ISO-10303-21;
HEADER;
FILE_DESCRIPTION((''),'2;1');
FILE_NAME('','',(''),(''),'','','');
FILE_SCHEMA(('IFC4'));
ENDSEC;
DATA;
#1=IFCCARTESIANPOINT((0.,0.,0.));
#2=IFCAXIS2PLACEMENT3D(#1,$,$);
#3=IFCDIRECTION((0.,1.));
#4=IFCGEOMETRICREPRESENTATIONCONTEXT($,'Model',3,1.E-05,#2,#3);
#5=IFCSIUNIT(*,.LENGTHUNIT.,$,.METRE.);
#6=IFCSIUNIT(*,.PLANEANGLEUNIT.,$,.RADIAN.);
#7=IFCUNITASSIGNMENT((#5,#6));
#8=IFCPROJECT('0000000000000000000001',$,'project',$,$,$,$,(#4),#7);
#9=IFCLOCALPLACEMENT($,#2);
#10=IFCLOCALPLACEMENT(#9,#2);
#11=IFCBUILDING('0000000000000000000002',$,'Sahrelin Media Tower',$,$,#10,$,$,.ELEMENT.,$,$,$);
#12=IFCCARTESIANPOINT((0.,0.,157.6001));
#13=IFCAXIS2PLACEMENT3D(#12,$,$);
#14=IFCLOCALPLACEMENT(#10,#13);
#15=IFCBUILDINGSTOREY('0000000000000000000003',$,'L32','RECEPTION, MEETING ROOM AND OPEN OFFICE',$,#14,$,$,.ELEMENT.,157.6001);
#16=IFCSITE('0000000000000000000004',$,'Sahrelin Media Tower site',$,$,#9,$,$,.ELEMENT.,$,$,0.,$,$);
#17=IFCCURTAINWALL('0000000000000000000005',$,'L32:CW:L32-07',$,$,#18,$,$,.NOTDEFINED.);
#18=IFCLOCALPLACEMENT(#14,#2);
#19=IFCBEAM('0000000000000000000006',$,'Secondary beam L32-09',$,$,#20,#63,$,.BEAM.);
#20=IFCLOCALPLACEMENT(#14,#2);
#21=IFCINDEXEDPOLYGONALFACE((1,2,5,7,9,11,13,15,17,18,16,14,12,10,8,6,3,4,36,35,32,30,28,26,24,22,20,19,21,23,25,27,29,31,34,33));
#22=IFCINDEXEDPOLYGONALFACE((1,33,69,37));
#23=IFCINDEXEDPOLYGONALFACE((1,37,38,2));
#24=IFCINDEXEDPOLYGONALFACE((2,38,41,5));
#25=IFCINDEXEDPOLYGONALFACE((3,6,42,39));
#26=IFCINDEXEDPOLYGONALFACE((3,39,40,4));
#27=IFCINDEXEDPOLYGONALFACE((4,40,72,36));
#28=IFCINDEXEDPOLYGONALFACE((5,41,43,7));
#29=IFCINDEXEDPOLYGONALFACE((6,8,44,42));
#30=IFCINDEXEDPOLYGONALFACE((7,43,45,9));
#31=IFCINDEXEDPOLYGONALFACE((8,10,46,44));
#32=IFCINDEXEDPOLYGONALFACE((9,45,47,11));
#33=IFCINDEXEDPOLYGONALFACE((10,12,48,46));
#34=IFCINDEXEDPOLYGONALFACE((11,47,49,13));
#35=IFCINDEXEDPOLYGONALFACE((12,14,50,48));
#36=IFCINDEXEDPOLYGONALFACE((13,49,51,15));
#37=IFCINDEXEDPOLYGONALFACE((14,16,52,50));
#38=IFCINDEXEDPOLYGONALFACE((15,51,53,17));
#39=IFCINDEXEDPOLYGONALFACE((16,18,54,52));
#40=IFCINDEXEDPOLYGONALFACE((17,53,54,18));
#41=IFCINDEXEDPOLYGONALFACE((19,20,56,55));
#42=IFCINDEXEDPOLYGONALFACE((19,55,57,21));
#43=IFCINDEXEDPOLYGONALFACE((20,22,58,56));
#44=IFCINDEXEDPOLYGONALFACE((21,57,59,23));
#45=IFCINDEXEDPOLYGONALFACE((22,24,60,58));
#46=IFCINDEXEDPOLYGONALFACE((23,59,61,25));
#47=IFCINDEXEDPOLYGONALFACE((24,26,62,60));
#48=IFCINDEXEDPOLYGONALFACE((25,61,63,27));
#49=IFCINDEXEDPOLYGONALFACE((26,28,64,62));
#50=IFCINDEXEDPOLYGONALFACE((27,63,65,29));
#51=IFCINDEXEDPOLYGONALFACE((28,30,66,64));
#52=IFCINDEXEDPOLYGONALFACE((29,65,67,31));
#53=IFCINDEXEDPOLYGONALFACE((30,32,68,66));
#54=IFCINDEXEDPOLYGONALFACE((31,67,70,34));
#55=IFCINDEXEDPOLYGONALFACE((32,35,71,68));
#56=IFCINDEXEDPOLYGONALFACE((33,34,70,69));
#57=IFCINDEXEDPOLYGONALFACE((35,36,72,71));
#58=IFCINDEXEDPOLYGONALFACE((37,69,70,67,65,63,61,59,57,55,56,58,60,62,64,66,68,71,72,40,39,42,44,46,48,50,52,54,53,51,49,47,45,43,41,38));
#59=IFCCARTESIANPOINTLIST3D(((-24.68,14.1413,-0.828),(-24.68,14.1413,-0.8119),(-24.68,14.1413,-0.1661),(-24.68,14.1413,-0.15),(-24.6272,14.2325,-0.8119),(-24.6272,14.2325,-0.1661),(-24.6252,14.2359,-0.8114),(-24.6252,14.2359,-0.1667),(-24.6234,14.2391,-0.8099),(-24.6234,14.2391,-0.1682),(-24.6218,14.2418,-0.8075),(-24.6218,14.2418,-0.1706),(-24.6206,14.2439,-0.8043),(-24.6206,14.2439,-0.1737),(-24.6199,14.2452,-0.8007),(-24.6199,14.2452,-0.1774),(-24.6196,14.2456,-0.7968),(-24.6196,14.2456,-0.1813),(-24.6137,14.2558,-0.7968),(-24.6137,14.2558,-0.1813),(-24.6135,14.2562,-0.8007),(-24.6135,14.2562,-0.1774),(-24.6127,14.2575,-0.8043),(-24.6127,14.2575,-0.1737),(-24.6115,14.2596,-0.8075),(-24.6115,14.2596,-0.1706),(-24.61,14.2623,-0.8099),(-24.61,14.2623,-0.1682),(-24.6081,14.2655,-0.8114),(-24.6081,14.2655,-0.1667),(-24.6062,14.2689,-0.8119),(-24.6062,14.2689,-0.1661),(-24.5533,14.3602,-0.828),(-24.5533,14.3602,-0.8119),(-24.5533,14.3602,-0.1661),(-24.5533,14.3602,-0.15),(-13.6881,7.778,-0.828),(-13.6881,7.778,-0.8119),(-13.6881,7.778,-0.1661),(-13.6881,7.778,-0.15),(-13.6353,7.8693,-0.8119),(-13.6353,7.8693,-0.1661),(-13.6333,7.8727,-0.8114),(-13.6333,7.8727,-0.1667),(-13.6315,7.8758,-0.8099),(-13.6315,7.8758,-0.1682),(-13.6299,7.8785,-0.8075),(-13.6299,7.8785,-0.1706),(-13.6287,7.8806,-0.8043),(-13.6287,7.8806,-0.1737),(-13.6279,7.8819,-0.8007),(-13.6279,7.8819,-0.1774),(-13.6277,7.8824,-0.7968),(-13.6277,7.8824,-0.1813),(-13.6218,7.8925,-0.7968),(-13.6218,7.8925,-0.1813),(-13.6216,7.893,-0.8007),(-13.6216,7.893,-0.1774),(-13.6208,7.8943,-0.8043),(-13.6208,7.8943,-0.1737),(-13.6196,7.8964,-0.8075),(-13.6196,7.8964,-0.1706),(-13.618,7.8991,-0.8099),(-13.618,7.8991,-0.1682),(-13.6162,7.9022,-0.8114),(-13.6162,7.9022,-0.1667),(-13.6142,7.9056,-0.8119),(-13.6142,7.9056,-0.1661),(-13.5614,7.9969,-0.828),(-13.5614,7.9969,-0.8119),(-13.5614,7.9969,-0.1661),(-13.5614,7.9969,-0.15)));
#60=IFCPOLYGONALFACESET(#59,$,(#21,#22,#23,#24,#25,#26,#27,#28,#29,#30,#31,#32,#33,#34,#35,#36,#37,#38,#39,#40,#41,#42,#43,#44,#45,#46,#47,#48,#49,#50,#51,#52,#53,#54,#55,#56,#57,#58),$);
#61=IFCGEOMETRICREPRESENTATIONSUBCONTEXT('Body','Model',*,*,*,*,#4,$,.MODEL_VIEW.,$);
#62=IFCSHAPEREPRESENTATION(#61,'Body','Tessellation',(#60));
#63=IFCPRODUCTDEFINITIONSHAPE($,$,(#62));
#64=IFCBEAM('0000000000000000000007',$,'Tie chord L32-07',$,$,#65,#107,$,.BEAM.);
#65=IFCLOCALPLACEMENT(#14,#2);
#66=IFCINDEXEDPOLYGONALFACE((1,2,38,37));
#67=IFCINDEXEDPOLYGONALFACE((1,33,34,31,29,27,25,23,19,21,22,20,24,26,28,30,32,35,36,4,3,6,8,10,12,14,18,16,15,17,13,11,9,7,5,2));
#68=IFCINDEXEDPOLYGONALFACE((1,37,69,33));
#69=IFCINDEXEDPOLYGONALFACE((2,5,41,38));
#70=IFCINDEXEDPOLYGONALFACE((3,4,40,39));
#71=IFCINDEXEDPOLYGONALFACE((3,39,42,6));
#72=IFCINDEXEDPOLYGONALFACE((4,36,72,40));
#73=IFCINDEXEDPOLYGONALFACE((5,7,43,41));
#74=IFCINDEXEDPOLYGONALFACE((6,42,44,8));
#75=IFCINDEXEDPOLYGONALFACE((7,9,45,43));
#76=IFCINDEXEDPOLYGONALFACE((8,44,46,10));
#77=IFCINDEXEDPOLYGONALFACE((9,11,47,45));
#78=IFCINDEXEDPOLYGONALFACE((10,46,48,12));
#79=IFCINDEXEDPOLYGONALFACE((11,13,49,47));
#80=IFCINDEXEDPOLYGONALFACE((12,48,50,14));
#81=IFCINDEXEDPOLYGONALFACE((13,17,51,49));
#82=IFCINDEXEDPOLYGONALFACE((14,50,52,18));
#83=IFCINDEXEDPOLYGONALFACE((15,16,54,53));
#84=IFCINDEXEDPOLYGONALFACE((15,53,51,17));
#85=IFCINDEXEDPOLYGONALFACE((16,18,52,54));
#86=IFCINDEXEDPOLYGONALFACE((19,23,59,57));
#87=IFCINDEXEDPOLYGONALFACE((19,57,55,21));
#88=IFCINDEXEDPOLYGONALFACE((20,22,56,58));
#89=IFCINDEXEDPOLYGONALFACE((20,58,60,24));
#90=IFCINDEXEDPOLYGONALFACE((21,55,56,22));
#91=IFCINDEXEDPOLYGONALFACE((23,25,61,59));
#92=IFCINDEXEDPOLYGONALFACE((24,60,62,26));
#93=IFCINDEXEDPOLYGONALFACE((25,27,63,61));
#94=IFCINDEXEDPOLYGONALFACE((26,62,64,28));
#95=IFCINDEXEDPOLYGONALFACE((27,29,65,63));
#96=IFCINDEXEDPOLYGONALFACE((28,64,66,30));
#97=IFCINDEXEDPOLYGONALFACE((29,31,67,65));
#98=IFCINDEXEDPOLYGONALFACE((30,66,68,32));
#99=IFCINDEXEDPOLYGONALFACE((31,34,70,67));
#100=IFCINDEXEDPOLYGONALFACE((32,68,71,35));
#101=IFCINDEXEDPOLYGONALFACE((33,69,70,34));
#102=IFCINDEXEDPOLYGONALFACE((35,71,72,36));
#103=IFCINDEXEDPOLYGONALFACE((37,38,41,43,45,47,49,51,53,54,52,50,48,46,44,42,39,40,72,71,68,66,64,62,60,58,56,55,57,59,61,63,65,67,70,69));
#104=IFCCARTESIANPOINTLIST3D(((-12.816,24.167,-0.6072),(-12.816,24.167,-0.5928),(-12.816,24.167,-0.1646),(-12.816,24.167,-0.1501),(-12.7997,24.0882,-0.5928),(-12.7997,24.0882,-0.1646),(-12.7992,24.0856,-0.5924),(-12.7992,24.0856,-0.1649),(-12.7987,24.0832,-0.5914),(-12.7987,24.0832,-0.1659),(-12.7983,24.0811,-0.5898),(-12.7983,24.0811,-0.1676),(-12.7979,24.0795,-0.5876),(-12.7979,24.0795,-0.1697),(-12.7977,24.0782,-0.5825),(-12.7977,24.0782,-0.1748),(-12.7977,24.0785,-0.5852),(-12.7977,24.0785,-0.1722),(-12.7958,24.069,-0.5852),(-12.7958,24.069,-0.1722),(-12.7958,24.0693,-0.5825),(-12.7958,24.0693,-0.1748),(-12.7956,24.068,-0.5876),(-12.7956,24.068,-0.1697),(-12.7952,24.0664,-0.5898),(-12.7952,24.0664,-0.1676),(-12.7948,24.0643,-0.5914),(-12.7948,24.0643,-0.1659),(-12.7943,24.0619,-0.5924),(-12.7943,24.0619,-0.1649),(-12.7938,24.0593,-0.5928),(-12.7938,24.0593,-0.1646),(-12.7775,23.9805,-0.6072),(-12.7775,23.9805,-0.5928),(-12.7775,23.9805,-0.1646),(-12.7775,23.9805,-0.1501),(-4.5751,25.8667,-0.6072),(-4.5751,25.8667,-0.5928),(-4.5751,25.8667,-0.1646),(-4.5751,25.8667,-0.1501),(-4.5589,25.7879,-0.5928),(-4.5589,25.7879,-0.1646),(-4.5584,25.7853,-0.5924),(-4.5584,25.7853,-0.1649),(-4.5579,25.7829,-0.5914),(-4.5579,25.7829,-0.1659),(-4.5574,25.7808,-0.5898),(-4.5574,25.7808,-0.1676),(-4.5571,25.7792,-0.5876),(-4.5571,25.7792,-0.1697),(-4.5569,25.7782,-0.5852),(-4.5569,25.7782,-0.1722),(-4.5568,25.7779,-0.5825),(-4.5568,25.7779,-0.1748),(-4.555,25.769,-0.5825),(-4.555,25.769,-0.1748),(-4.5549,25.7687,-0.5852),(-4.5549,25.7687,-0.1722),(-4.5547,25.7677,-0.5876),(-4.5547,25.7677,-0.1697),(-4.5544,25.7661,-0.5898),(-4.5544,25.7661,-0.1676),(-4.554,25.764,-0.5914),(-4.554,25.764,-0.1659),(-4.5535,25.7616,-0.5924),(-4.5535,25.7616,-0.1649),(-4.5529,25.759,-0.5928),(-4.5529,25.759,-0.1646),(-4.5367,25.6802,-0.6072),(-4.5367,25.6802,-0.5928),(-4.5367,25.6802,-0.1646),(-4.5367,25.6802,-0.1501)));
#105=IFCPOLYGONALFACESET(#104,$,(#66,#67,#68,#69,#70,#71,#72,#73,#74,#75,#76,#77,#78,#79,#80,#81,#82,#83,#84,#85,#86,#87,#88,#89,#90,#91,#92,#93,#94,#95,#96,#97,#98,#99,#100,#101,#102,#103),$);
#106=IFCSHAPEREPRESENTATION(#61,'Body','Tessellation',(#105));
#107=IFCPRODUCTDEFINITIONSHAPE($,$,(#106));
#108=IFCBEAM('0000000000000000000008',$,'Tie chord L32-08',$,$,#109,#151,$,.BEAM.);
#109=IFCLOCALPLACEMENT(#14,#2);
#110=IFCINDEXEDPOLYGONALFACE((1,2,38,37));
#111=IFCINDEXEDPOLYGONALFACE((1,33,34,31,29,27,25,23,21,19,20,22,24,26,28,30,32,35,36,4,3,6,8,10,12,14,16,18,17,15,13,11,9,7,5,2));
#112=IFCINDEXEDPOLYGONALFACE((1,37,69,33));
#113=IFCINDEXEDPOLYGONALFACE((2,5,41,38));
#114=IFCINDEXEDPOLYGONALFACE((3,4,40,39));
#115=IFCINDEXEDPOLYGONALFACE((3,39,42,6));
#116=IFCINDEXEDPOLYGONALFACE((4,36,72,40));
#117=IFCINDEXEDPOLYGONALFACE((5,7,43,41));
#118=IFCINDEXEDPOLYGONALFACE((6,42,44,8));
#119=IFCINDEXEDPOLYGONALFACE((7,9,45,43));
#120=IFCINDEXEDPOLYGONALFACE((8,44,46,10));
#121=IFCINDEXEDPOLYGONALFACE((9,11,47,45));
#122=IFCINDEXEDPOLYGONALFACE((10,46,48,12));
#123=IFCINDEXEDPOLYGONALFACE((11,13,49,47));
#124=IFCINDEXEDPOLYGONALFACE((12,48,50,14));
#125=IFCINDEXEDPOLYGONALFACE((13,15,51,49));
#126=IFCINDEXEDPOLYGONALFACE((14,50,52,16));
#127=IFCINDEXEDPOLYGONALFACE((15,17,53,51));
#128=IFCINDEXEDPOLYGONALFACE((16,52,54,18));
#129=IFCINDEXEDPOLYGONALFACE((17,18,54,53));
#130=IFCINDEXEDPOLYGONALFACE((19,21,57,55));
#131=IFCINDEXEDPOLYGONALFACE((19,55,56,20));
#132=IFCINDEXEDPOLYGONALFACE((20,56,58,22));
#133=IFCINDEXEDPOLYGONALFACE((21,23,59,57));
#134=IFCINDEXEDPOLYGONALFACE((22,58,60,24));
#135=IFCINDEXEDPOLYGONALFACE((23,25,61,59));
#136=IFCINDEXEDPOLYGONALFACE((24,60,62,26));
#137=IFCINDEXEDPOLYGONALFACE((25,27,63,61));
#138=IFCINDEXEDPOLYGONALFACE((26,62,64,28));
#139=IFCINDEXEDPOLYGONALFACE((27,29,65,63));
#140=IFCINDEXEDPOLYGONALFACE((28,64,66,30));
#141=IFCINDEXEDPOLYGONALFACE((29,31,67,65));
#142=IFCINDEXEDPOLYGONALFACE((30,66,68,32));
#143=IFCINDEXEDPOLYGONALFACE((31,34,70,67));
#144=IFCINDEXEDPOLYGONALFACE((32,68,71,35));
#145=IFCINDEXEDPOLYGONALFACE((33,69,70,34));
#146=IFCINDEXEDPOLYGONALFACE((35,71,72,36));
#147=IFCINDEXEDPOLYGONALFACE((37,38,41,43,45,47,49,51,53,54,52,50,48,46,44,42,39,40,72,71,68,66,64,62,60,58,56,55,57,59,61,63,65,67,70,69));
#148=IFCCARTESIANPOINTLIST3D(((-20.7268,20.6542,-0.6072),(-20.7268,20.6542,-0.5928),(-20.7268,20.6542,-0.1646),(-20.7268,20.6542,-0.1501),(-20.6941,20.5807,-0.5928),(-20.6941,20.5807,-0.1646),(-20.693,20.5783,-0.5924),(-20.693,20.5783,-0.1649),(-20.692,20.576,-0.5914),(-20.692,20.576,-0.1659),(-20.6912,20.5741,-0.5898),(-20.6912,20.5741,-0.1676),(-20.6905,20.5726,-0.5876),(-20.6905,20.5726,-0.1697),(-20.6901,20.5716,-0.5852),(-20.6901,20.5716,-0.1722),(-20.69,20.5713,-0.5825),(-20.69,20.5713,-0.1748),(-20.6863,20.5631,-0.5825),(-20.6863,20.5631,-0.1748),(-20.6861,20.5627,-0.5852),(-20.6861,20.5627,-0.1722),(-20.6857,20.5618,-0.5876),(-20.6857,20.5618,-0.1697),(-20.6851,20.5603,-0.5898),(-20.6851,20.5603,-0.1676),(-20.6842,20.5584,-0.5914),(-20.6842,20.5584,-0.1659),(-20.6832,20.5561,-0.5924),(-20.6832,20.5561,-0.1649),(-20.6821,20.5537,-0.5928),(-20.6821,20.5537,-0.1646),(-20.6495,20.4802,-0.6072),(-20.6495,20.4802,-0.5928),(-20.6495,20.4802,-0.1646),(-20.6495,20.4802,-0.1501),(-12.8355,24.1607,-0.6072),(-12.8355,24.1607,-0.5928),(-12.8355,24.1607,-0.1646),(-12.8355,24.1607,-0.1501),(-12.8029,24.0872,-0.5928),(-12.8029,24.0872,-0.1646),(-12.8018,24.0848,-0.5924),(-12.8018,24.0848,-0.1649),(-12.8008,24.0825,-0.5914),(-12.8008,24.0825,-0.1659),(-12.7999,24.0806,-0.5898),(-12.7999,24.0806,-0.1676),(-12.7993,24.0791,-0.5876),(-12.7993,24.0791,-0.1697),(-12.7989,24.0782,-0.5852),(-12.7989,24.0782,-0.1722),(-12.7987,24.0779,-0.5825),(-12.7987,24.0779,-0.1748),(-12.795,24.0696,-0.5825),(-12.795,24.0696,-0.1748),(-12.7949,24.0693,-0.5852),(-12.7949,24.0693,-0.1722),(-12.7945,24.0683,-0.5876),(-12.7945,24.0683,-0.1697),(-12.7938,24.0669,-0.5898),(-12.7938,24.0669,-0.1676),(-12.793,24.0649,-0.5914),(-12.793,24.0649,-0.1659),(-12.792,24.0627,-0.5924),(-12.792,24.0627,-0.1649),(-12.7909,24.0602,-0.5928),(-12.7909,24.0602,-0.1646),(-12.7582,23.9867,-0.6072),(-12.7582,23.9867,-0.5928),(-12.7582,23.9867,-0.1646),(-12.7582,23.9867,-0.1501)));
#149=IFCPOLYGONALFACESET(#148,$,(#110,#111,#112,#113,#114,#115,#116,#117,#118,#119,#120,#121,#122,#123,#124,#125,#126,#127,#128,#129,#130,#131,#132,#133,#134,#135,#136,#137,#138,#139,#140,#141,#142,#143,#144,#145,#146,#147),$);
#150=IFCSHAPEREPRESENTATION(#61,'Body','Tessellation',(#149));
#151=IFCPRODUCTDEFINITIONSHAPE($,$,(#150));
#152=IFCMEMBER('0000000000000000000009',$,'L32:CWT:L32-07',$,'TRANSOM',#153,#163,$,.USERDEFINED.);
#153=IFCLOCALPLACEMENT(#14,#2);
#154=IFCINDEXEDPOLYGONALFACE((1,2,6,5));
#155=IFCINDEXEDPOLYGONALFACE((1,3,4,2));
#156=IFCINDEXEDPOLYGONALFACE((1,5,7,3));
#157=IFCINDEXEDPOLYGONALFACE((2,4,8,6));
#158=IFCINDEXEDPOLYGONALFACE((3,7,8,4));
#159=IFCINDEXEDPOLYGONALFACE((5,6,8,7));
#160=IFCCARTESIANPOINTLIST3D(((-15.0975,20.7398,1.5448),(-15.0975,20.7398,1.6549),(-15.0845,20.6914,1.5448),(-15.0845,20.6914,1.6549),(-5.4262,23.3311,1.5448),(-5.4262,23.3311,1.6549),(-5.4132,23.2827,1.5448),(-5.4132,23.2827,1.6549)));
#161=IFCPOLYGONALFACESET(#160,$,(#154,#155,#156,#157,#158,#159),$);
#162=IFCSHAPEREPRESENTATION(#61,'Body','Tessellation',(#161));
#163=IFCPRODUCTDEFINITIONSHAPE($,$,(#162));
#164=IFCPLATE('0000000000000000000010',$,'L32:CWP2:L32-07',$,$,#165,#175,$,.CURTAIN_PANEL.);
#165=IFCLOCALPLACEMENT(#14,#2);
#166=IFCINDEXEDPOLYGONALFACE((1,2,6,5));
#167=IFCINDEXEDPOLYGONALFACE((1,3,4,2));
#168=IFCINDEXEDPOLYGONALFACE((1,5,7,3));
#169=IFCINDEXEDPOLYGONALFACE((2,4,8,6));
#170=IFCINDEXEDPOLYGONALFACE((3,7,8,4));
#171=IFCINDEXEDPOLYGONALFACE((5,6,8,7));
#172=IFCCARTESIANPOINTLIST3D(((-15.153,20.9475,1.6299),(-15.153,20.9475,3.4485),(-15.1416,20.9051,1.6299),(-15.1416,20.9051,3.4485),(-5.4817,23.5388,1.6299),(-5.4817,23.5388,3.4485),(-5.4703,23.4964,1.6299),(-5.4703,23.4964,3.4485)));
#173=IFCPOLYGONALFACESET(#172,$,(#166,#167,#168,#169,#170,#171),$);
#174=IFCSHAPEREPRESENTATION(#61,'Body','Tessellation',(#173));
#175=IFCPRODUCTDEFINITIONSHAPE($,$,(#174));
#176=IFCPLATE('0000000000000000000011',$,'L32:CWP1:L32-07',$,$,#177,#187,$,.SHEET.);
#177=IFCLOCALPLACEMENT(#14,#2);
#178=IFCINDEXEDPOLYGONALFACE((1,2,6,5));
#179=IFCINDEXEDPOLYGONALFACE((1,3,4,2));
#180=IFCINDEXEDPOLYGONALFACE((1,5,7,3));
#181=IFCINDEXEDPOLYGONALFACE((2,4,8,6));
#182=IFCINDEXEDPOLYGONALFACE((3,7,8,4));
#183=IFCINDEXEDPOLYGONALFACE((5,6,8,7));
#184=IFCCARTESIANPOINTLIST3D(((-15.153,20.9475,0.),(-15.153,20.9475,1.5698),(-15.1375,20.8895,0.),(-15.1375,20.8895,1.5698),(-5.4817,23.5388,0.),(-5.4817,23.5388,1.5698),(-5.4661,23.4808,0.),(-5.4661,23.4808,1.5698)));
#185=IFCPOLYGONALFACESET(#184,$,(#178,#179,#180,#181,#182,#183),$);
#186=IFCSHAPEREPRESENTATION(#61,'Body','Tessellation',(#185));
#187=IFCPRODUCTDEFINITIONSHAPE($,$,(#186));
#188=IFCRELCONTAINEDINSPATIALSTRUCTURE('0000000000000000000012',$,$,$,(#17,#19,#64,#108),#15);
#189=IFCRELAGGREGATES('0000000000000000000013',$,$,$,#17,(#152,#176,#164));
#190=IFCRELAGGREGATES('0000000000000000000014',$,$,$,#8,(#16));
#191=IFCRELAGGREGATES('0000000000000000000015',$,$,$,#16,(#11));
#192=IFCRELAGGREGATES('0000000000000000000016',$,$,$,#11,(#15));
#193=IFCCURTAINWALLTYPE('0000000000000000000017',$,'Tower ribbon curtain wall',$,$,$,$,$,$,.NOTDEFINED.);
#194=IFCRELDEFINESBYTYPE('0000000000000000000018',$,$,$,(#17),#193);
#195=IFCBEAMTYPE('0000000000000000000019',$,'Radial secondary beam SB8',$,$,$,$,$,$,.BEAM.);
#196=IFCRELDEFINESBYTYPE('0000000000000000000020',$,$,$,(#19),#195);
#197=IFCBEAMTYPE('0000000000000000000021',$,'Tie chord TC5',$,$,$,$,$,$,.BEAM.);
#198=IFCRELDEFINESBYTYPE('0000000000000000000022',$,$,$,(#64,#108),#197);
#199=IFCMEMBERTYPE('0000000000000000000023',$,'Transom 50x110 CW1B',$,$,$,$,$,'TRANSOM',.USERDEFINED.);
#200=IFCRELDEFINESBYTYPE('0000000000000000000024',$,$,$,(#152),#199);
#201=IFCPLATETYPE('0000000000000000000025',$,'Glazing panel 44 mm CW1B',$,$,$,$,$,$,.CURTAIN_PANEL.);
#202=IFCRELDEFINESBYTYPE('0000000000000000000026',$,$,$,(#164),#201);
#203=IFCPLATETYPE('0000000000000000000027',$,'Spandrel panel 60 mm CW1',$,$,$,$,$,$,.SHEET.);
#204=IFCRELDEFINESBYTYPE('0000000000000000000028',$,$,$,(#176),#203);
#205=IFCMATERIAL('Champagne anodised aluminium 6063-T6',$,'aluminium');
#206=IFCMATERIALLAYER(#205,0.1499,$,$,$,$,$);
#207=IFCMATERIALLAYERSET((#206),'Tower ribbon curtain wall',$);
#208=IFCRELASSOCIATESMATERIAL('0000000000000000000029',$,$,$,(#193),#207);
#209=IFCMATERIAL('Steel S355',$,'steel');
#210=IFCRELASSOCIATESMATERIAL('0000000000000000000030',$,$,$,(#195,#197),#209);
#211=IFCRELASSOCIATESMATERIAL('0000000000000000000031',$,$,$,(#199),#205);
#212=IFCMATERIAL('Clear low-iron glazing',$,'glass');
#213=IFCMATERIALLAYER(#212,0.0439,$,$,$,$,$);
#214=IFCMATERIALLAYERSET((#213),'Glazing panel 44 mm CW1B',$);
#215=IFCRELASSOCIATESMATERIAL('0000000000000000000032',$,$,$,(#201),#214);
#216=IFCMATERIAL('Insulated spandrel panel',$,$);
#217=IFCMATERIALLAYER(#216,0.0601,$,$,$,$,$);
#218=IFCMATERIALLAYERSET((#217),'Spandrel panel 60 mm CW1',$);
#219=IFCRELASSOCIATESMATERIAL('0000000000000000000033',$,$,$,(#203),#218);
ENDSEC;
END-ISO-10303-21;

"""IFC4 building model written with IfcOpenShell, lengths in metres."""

from ifc_helpers import new_model, si_unit, direction, frame, origin, origin_2d, place, context, subcontext, project, spatial, polyline, rectangle, i_section, outline, extrude, material, layer, layer_set, material_profile, profile_set, type_object, element, aggregate, save


model = new_model("IFC4")

# Units and contexts
model_context = context("Model", 3, precision=1e-05, world=origin(), true_north=direction((0.0, 1.0)))
body_context = subcontext(model_context, "Body", "Model", "MODEL_VIEW")
ifc_project = project(units=[si_unit("LENGTHUNIT", "METRE"), si_unit("PLANEANGLEUNIT", "RADIAN")], contexts=[model_context])

# Site, building, storey
site_placement = place(None, origin())
site = spatial("IfcSite", under=ifc_project, at=site_placement, Name="Sahrelin Media Tower site", CompositionType="ELEMENT", RefElevation=0.0)
building_placement = place(site_placement, origin())
building = spatial("IfcBuilding", under=site, at=building_placement, Name="Sahrelin Media Tower", CompositionType="ELEMENT")
storey_placement = place(building_placement, frame((0.0, 0.0, 157.6001)))
storey = spatial("IfcBuildingStorey", under=building, at=storey_placement, Name="L32", Description="RECEPTION, MEETING ROOM AND OPEN OFFICE", CompositionType="ELEMENT", Elevation=157.6001)

# Shared definitions
ifc_material_1 = material(Name="Steel S355", Category="steel")

# Curtain wall
ifc_material_2 = material(Name="Champagne anodised aluminium 6063-T6", Category="aluminium")
ifc_layer_1 = layer(ifc_material_2, 0.1499)
ifc_layer_set_1 = layer_set([ifc_layer_1], Name="Tower ribbon curtain wall")
curtain_wall_type = type_object("IfcCurtainWallType", Name="Tower ribbon curtain wall", PredefinedType="NOTDEFINED", material=ifc_layer_set_1)
curtain_wall_placement = place(storey_placement, frame((-10.3123, 22.2236, 0.0), z_axis=(0.0, 0.0, 1.0), x_axis=(1.0, 0.0, 0.0)))
curtain_wall = element("IfcCurtainWall", 1, at=curtain_wall_placement, inside=storey, type_object=curtain_wall_type, Name="L32:CW:L32-07", PredefinedType="NOTDEFINED")

# Beams
ifc_material_profile_1 = material_profile(ifc_material_1, i_section(OverallWidth=0.2529, OverallDepth=0.678, WebThickness=0.0117, FlangeThickness=0.0161, FilletRadius=0.0151, at=origin_2d()), Name="UB 686x254x125")
ifc_profile_set_1 = profile_set([ifc_material_profile_1], Name="Steel S355")
beam_type_1 = type_object("IfcBeamType", Name="Radial secondary beam SB8", PredefinedType="BEAM", material=ifc_profile_set_1)
beam_1_placement = place(storey_placement, frame((-13.6248, 7.8875, -0.489), z_axis=(-0.865443, 0.501008, 0.0), x_axis=(-0.501008, -0.865443, 0.0)))
element("IfcBeam", 2, at=beam_1_placement, inside=storey, type_object=beam_type_1, Name="Secondary beam L32-09", PredefinedType="BEAM", context=body_context, shape_type="SweptSolid", body=[
    extrude(i_section(OverallWidth=0.2529, OverallDepth=0.678, WebThickness=0.0117, FlangeThickness=0.0161, FilletRadius=0.0151, at=origin_2d()), origin(), (0.0, 0.0, 1.0), 12.7009),
])
ifc_material_profile_2 = material_profile(ifc_material_1, i_section(OverallWidth=0.1904, OverallDepth=0.457, WebThickness=0.009, FlangeThickness=0.0144, FilletRadius=0.0103, at=origin_2d()), Name="UB 457x191x74")
ifc_profile_set_2 = profile_set([ifc_material_profile_2], Name="Steel S355")
beam_type_2 = type_object("IfcBeamType", Name="Tie chord TC5", PredefinedType="BEAM", material=ifc_profile_set_2)
beam_2_placement = place(storey_placement, frame((-4.5559, 25.7734, -0.3787), z_axis=(-0.979386, -0.201999, 0.0), x_axis=(0.201999, -0.979386, 0.0)))
element("IfcBeam", 3, at=beam_2_placement, inside=storey, type_object=beam_type_2, Name="Tie chord L32-07", PredefinedType="BEAM", context=body_context, shape_type="SweptSolid", body=[
    extrude(i_section(OverallWidth=0.1904, OverallDepth=0.457, WebThickness=0.009, FlangeThickness=0.0144, FilletRadius=0.0103, at=origin_2d()), origin(), (0.0, 0.0, 1.0), 8.4143),
])
beam_3_placement = place(storey_placement, frame((-12.7969, 24.0737, -0.3787), z_axis=(-0.913841, -0.406073, 0.0), x_axis=(0.406073, -0.913841, 0.0)))
element("IfcBeam", 4, at=beam_3_placement, inside=storey, type_object=beam_type_2, Name="Tie chord L32-08", PredefinedType="BEAM", context=body_context, shape_type="SweptSolid", body=[
    extrude(i_section(OverallWidth=0.1904, OverallDepth=0.457, WebThickness=0.009, FlangeThickness=0.0144, FilletRadius=0.0103, at=origin_2d()), origin(), (0.0, 0.0, 1.0), 8.6353),
])

# Member
ifc_material_profile_3 = material_profile(ifc_material_2, rectangle(XDim=0.05, YDim=0.1101, at=origin_2d()), Name="Transom 50x110")
ifc_profile_set_3 = profile_set([ifc_material_profile_3], Name="Champagne anodised aluminium 6063-T6")
member_type_1 = type_object("IfcMemberType", Name="Transom 50x110 CW1B", ElementType="TRANSOM", PredefinedType="USERDEFINED", material=ifc_profile_set_3)
member_1_placement = place(storey_placement, frame((-5.4197, 23.3069, 1.5999), z_axis=(-0.965929, -0.258807, 0.0), x_axis=(0.258807, -0.965929, 0.0)))
member_1 = element("IfcMember", 5, at=member_1_placement, type_object=member_type_1, Name="L32:CWT:L32-07", ObjectType="TRANSOM", PredefinedType="USERDEFINED", context=body_context, shape_type="SweptSolid", body=[
    extrude(rectangle(XDim=0.05, YDim=0.1101, at=origin_2d()), origin(), (0.0, 0.0, 1.0), 10.0125),
])

# Plates
ifc_material_3 = material(Name="Clear low-iron glazing", Category="glass")
ifc_layer_2 = layer(ifc_material_3, 0.0439)
ifc_layer_set_2 = layer_set([ifc_layer_2], Name="Glazing panel 44 mm CW1B")
plate_type_1 = type_object("IfcPlateType", Name="Glazing panel 44 mm CW1B", PredefinedType="CURTAIN_PANEL", material=ifc_layer_set_2)
plate_1_placement = place(storey_placement, frame((-5.4817, 23.5388, 1.6299), z_axis=(-0.258807, 0.965929, 0.0), x_axis=(-0.965929, -0.258807, 0.0)))
plate_1 = element("IfcPlate", 6, at=plate_1_placement, type_object=plate_type_1, Name="L32:CWP2:L32-07", PredefinedType="CURTAIN_PANEL", context=body_context, shape_type="SweptSolid", body=[
    extrude(outline(polyline([(0.0, 0.0), (10.0125, 0.0), (10.0125, 1.8186), (0.0, 1.8186), (0.0, 0.0)])), origin(), (0.0, 0.0, -1.0), 0.0439),
])
ifc_material_4 = material(Name="Insulated spandrel panel")
ifc_layer_3 = layer(ifc_material_4, 0.0601)
ifc_layer_set_3 = layer_set([ifc_layer_3], Name="Spandrel panel 60 mm CW1")
plate_type_2 = type_object("IfcPlateType", Name="Spandrel panel 60 mm CW1", PredefinedType="SHEET", material=ifc_layer_set_3)
plate_2_placement = place(storey_placement, frame((-5.4817, 23.5388, 0.0), z_axis=(-0.258807, 0.965929, 0.0), x_axis=(-0.965929, -0.258807, 0.0)))
plate_2 = element("IfcPlate", 7, at=plate_2_placement, type_object=plate_type_2, Name="L32:CWP1:L32-07", PredefinedType="SHEET", context=body_context, shape_type="SweptSolid", body=[
    extrude(outline(polyline([(0.0, 0.0), (10.0125, 0.0), (10.0125, 1.5698), (0.0, 1.5698), (0.0, 0.0)])), origin(), (0.0, 0.0, -1.0), 0.0601),
])
aggregate(curtain_wall, [member_1, plate_2, plate_1])

save(model, "model.ifc")
